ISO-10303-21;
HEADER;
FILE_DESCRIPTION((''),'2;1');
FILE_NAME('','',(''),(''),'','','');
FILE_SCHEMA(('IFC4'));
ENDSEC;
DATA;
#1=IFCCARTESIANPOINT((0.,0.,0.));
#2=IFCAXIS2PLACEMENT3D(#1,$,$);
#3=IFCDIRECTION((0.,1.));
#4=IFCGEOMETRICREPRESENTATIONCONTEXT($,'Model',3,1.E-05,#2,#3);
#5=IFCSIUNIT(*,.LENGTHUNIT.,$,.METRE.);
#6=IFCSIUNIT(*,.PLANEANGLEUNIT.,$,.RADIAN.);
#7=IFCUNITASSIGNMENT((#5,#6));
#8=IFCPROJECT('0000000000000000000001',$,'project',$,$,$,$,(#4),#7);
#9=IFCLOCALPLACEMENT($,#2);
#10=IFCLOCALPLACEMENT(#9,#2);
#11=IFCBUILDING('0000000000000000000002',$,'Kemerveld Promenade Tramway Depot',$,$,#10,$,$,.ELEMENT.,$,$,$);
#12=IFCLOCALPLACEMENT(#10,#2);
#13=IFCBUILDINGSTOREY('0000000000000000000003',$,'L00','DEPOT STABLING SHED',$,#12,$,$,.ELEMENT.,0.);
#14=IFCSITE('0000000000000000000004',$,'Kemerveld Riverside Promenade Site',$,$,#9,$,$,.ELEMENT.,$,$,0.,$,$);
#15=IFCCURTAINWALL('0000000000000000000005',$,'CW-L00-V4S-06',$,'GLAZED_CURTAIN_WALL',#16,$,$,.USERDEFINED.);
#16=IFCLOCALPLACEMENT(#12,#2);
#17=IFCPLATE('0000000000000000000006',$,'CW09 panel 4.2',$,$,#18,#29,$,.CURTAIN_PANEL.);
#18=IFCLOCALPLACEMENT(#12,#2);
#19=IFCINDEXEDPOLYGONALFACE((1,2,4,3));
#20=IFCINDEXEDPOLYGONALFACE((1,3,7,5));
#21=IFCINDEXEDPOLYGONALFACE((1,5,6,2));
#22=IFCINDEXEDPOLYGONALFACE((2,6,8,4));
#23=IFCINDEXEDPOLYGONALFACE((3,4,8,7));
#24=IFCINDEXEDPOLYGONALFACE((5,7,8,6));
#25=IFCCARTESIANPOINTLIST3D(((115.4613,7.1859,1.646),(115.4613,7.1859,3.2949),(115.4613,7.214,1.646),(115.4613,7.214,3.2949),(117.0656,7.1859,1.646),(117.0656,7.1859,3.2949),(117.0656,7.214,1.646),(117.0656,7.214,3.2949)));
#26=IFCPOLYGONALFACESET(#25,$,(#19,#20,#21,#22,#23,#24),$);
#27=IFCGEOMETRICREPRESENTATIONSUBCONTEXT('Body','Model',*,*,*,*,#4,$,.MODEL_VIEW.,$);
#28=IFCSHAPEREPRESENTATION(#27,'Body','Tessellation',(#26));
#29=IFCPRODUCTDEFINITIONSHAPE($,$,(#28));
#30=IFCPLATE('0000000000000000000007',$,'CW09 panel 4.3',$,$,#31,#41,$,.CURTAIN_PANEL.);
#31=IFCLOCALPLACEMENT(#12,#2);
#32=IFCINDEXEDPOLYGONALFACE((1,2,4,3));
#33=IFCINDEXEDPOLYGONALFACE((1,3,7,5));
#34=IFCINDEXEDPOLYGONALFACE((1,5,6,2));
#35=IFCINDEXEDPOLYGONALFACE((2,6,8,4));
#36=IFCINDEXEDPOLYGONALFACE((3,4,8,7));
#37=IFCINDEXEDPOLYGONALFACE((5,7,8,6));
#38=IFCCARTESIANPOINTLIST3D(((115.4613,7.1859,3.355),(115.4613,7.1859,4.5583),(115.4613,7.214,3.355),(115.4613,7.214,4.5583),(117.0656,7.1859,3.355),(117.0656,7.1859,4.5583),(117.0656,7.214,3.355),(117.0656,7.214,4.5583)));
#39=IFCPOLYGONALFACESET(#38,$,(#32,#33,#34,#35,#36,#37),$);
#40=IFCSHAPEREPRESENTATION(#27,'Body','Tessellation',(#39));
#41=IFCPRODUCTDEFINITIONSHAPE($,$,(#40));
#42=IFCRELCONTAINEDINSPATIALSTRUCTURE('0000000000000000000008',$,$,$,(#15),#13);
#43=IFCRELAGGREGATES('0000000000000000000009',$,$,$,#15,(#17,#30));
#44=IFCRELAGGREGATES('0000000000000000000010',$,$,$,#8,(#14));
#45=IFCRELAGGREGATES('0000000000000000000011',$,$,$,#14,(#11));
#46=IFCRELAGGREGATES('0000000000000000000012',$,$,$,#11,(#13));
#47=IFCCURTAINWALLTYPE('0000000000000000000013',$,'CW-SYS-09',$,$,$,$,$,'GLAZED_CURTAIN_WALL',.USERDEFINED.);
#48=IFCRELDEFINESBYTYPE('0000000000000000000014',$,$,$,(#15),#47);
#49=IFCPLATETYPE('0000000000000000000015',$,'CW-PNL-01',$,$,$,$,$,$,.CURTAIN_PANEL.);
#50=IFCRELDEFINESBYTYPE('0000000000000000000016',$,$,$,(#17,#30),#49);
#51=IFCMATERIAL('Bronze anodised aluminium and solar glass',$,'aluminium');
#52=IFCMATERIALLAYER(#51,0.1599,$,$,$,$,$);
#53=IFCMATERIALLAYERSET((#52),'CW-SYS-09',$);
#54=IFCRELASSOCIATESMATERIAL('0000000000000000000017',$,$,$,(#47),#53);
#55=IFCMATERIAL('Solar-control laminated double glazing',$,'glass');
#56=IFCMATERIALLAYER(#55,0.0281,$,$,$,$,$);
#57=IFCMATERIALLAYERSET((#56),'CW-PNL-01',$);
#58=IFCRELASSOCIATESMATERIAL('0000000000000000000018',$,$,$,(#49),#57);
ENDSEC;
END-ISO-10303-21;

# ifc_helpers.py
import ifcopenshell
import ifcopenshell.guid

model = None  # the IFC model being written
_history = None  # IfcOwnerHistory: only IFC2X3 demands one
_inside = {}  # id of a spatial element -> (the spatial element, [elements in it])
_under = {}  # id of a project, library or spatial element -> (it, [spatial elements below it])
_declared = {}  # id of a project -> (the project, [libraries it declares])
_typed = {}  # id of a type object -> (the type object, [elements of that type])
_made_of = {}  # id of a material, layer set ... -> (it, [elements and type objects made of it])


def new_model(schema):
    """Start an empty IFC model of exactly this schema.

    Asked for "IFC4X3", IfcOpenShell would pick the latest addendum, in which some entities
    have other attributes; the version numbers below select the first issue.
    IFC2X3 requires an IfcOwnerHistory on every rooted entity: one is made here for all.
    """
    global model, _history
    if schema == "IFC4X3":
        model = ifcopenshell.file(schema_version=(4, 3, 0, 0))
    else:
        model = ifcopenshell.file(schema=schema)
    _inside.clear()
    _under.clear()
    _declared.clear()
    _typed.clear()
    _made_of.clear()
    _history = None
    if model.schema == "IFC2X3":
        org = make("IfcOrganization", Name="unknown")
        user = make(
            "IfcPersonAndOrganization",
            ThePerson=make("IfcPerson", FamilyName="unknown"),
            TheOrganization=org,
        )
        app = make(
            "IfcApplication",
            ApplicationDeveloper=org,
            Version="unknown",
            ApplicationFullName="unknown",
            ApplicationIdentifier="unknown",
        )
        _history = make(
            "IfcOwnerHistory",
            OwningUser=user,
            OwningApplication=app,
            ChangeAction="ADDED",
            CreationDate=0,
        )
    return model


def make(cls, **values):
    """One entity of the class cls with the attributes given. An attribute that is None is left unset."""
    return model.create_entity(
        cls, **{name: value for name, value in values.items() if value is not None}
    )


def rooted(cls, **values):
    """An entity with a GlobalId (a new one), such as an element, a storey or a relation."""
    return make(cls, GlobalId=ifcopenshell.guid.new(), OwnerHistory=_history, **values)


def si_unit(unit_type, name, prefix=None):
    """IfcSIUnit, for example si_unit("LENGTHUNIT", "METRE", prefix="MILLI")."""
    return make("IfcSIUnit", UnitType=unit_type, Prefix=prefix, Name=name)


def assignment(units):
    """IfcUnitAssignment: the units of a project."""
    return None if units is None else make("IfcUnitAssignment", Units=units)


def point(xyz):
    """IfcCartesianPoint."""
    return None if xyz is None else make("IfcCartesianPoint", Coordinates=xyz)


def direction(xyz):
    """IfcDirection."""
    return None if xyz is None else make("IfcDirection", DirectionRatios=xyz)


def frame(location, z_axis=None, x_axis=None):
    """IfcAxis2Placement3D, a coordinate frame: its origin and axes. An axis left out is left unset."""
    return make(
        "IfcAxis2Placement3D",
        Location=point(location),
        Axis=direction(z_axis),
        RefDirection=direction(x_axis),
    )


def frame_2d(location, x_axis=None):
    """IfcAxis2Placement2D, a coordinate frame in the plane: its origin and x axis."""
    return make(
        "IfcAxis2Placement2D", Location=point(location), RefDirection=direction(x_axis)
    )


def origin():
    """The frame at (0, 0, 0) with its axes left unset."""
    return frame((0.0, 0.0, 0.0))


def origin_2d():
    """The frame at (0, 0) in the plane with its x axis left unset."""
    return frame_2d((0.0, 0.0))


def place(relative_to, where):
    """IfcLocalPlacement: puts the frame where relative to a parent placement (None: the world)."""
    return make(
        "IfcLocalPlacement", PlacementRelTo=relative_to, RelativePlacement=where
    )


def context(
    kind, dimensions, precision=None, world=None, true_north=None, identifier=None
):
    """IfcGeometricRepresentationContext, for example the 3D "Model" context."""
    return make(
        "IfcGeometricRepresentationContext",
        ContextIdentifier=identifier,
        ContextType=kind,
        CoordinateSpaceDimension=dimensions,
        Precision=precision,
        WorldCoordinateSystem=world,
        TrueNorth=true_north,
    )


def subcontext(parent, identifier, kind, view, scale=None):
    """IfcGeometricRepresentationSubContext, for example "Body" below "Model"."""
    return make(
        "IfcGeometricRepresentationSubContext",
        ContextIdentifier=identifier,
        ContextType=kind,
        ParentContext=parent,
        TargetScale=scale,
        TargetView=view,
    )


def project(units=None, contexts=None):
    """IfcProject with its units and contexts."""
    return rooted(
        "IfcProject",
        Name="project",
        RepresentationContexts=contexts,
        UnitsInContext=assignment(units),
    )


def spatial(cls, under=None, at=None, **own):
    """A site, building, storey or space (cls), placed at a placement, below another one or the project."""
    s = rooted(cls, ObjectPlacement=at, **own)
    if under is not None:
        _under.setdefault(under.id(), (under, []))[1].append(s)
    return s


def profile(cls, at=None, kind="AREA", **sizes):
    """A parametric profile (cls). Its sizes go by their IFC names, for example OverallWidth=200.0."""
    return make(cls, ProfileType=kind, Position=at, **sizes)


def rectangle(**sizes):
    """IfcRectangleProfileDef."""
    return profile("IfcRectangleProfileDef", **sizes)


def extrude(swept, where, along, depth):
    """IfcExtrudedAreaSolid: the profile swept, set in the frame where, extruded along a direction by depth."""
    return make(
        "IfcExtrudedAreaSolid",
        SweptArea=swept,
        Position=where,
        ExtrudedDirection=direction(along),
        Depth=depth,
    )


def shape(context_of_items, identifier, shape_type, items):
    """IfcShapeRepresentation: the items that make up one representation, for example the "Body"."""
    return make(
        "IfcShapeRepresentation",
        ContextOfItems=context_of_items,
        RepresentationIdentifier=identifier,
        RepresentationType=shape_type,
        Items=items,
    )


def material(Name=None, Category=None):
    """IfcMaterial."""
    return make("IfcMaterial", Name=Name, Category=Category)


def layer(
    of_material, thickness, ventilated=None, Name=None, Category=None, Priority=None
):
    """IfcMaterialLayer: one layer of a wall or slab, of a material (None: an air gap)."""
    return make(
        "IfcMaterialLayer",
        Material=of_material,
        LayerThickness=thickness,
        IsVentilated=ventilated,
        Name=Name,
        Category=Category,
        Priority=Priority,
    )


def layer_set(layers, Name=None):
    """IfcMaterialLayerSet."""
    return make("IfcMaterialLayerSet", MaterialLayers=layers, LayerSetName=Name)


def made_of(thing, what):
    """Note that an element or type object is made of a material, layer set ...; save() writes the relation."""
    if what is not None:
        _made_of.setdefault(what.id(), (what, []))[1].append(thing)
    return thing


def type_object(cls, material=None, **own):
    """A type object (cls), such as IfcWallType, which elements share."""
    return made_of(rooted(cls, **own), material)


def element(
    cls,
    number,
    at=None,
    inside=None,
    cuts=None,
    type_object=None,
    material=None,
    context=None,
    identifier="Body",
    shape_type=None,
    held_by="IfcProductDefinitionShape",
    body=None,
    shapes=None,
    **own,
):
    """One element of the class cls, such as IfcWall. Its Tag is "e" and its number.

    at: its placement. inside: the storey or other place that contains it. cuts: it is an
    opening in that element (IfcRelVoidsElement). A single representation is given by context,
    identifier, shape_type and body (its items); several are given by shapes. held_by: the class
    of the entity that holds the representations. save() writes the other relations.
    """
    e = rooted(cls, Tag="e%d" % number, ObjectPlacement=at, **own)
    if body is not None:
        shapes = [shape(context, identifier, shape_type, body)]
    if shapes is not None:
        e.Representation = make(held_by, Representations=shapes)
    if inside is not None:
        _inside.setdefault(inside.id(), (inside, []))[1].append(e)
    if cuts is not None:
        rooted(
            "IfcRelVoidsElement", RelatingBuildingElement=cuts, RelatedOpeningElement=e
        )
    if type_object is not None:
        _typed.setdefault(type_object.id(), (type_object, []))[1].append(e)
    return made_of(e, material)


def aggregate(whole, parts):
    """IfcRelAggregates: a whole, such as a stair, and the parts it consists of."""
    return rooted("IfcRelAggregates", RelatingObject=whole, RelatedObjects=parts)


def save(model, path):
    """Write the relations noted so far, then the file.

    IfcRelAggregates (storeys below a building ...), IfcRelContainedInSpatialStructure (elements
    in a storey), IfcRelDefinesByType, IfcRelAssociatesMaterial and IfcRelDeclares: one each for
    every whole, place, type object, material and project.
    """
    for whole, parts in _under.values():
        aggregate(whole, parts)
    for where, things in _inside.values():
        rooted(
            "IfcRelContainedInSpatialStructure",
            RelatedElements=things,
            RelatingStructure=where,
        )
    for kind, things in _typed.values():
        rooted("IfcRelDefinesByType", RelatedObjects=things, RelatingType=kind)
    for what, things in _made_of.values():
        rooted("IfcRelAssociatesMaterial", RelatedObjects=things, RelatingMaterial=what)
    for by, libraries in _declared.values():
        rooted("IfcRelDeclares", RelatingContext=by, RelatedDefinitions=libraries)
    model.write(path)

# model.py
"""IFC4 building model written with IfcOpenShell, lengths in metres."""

from ifc_helpers import new_model, si_unit, direction, frame, origin, origin_2d, place, context, subcontext, project, spatial, rectangle, extrude, material, layer, layer_set, type_object, element, aggregate, save


model = new_model("IFC4")

# Units and contexts
model_context = context("Model", 3, precision=1e-05, world=origin(), true_north=direction((0.0, 1.0)))
body_context = subcontext(model_context, "Body", "Model", "MODEL_VIEW")
ifc_project = project(units=[si_unit("LENGTHUNIT", "METRE"), si_unit("PLANEANGLEUNIT", "RADIAN")], contexts=[model_context])

# Site, building, storey
site_placement = place(None, origin())
site = spatial("IfcSite", under=ifc_project, at=site_placement, Name="Kemerveld Riverside Promenade Site", CompositionType="ELEMENT", RefElevation=0.0)
building_placement = place(site_placement, origin())
building = spatial("IfcBuilding", under=site, at=building_placement, Name="Kemerveld Promenade Tramway Depot", CompositionType="ELEMENT")
storey_placement = place(building_placement, origin())
storey = spatial("IfcBuildingStorey", under=building, at=storey_placement, Name="L00", Description="DEPOT STABLING SHED", CompositionType="ELEMENT", Elevation=0.0)

# Curtain wall, plates
ifc_material_1 = material(Name="Bronze anodised aluminium and solar glass", Category="aluminium")
ifc_layer_1 = layer(ifc_material_1, 0.1599)
ifc_layer_set_1 = layer_set([ifc_layer_1], Name="CW-SYS-09")
curtain_wall_type = type_object("IfcCurtainWallType", Name="CW-SYS-09", ElementType="GLAZED_CURTAIN_WALL", PredefinedType="USERDEFINED", material=ifc_layer_set_1)
curtain_wall_placement = place(storey_placement, origin())
curtain_wall = element("IfcCurtainWall", 1, at=curtain_wall_placement, inside=storey, type_object=curtain_wall_type, Name="CW-L00-V4S-06", ObjectType="GLAZED_CURTAIN_WALL", PredefinedType="USERDEFINED")
ifc_material_2 = material(Name="Solar-control laminated double glazing", Category="glass")
ifc_layer_2 = layer(ifc_material_2, 0.0281)
ifc_layer_set_2 = layer_set([ifc_layer_2], Name="CW-PNL-01")
plate_type = type_object("IfcPlateType", Name="CW-PNL-01", PredefinedType="CURTAIN_PANEL", material=ifc_layer_set_2)
plate_1_placement = place(storey_placement, frame((116.2634, 7.2, 1.646), z_axis=(0.0, 0.0, 1.0), x_axis=(-1.0, 0.0, 0.0)))
plate_1 = element("IfcPlate", 2, at=plate_1_placement, type_object=plate_type, Name="CW09 panel 4.2", PredefinedType="CURTAIN_PANEL", context=body_context, shape_type="SweptSolid", body=[
    extrude(rectangle(XDim=1.6042, YDim=0.0281, at=origin_2d()), origin(), (0.0, 0.0, 1.0), 1.6489),
])
plate_2_placement = place(storey_placement, frame((116.2634, 7.2, 3.355), z_axis=(0.0, 0.0, 1.0), x_axis=(-1.0, 0.0, 0.0)))
plate_2 = element("IfcPlate", 3, at=plate_2_placement, type_object=plate_type, Name="CW09 panel 4.3", PredefinedType="CURTAIN_PANEL", context=body_context, shape_type="SweptSolid", body=[
    extrude(rectangle(XDim=1.6042, YDim=0.0281, at=origin_2d()), origin(), (0.0, 0.0, 1.0), 1.2034),
])
aggregate(curtain_wall, [plate_1, plate_2])

save(model, "model.ifc")
